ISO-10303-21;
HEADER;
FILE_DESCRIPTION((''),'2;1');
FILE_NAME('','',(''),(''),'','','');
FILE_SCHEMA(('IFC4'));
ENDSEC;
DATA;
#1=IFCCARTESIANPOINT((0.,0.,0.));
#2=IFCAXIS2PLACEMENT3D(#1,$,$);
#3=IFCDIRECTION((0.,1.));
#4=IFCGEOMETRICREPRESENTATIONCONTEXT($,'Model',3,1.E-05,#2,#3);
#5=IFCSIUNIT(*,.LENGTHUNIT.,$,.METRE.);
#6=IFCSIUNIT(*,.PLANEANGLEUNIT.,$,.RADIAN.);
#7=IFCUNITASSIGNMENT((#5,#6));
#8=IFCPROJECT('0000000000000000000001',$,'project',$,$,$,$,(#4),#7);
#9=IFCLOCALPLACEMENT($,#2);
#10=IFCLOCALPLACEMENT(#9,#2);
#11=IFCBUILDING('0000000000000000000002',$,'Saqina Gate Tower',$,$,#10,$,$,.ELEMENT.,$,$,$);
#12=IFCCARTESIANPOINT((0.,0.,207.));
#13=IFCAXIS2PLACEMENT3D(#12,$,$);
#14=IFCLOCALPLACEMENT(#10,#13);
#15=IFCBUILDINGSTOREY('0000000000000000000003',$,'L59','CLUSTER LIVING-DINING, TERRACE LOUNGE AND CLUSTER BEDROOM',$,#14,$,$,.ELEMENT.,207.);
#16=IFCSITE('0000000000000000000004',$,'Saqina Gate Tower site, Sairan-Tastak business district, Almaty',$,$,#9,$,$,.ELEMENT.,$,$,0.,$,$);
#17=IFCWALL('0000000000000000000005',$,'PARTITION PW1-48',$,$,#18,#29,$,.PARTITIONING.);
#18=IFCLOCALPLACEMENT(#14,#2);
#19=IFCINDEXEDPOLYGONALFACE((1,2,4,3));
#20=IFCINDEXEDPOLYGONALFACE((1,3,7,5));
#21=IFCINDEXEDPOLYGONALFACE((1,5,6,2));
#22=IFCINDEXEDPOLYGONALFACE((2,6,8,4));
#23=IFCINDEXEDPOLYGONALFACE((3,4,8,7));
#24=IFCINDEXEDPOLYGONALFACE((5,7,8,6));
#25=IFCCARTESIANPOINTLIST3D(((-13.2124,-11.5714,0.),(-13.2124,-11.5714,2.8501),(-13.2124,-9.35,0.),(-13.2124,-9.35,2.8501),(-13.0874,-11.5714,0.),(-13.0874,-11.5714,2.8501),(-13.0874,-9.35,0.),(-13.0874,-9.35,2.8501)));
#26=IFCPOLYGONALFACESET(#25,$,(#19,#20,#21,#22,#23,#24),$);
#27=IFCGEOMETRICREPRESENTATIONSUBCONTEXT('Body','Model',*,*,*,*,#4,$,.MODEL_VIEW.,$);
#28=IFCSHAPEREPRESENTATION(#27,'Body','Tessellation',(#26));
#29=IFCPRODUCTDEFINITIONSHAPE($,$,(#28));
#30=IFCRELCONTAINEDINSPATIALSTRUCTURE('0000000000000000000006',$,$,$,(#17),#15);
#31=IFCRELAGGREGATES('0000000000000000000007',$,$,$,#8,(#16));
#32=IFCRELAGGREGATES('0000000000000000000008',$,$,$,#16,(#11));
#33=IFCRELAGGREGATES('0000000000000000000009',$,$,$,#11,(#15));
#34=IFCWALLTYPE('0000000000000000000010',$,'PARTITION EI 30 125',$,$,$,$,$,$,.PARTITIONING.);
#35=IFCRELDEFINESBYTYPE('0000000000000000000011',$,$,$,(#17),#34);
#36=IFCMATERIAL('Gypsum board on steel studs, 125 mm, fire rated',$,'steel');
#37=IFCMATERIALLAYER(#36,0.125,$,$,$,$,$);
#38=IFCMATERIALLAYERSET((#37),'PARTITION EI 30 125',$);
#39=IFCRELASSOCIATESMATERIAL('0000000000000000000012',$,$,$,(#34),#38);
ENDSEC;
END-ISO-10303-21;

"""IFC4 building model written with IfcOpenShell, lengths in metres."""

from ifc_helpers import new_model, si_unit, direction, frame, frame_2d, origin, place, context, subcontext, project, spatial, rectangle, extrude, material, layer, layer_set, type_object, element, save


model = new_model("IFC4")

# Units and contexts
model_context = context("Model", 3, precision=1e-05, world=origin(), true_north=direction((0.0, 1.0)))
body_context = subcontext(model_context, "Body", "Model", "MODEL_VIEW")
ifc_project = project(units=[si_unit("LENGTHUNIT", "METRE"), si_unit("PLANEANGLEUNIT", "RADIAN")], contexts=[model_context])

# Site, building, storey
site_placement = place(None, origin())
site = spatial("IfcSite", under=ifc_project, at=site_placement, Name="Saqina Gate Tower site, Sairan-Tastak business district, Almaty", CompositionType="ELEMENT", RefElevation=0.0)
building_placement = place(site_placement, origin())
building = spatial("IfcBuilding", under=site, at=building_placement, Name="Saqina Gate Tower", CompositionType="ELEMENT")
storey_placement = place(building_placement, frame((0.0, 0.0, 207.0)))
storey = spatial("IfcBuildingStorey", under=building, at=storey_placement, Name="L59", Description="CLUSTER LIVING-DINING, TERRACE LOUNGE AND CLUSTER BEDROOM", CompositionType="ELEMENT", Elevation=207.0)

# Wall
ifc_material_1 = material(Name="Gypsum board on steel studs, 125 mm, fire rated", Category="steel")
ifc_layer_1 = layer(ifc_material_1, 0.125)
ifc_layer_set_1 = layer_set([ifc_layer_1], Name="PARTITION EI 30 125")
wall_type_1 = type_object("IfcWallType", Name="PARTITION EI 30 125", PredefinedType="PARTITIONING", material=ifc_layer_set_1)
wall_1_placement = place(storey_placement, frame((-13.1499, -11.5715, 0.0), z_axis=(0.0, 0.0, 1.0), x_axis=(0.0, 1.0, 0.0)))
element("IfcWall", 1, at=wall_1_placement, inside=storey, type_object=wall_type_1, Name="PARTITION PW1-48", PredefinedType="PARTITIONING", context=body_context, shape_type="SweptSolid", body=[
    extrude(rectangle(XDim=2.2214, YDim=0.125, at=frame_2d((1.1108, 0.0))), origin(), (0.0, 0.0, 1.0), 2.8501),
])

save(model, "model.ifc")
